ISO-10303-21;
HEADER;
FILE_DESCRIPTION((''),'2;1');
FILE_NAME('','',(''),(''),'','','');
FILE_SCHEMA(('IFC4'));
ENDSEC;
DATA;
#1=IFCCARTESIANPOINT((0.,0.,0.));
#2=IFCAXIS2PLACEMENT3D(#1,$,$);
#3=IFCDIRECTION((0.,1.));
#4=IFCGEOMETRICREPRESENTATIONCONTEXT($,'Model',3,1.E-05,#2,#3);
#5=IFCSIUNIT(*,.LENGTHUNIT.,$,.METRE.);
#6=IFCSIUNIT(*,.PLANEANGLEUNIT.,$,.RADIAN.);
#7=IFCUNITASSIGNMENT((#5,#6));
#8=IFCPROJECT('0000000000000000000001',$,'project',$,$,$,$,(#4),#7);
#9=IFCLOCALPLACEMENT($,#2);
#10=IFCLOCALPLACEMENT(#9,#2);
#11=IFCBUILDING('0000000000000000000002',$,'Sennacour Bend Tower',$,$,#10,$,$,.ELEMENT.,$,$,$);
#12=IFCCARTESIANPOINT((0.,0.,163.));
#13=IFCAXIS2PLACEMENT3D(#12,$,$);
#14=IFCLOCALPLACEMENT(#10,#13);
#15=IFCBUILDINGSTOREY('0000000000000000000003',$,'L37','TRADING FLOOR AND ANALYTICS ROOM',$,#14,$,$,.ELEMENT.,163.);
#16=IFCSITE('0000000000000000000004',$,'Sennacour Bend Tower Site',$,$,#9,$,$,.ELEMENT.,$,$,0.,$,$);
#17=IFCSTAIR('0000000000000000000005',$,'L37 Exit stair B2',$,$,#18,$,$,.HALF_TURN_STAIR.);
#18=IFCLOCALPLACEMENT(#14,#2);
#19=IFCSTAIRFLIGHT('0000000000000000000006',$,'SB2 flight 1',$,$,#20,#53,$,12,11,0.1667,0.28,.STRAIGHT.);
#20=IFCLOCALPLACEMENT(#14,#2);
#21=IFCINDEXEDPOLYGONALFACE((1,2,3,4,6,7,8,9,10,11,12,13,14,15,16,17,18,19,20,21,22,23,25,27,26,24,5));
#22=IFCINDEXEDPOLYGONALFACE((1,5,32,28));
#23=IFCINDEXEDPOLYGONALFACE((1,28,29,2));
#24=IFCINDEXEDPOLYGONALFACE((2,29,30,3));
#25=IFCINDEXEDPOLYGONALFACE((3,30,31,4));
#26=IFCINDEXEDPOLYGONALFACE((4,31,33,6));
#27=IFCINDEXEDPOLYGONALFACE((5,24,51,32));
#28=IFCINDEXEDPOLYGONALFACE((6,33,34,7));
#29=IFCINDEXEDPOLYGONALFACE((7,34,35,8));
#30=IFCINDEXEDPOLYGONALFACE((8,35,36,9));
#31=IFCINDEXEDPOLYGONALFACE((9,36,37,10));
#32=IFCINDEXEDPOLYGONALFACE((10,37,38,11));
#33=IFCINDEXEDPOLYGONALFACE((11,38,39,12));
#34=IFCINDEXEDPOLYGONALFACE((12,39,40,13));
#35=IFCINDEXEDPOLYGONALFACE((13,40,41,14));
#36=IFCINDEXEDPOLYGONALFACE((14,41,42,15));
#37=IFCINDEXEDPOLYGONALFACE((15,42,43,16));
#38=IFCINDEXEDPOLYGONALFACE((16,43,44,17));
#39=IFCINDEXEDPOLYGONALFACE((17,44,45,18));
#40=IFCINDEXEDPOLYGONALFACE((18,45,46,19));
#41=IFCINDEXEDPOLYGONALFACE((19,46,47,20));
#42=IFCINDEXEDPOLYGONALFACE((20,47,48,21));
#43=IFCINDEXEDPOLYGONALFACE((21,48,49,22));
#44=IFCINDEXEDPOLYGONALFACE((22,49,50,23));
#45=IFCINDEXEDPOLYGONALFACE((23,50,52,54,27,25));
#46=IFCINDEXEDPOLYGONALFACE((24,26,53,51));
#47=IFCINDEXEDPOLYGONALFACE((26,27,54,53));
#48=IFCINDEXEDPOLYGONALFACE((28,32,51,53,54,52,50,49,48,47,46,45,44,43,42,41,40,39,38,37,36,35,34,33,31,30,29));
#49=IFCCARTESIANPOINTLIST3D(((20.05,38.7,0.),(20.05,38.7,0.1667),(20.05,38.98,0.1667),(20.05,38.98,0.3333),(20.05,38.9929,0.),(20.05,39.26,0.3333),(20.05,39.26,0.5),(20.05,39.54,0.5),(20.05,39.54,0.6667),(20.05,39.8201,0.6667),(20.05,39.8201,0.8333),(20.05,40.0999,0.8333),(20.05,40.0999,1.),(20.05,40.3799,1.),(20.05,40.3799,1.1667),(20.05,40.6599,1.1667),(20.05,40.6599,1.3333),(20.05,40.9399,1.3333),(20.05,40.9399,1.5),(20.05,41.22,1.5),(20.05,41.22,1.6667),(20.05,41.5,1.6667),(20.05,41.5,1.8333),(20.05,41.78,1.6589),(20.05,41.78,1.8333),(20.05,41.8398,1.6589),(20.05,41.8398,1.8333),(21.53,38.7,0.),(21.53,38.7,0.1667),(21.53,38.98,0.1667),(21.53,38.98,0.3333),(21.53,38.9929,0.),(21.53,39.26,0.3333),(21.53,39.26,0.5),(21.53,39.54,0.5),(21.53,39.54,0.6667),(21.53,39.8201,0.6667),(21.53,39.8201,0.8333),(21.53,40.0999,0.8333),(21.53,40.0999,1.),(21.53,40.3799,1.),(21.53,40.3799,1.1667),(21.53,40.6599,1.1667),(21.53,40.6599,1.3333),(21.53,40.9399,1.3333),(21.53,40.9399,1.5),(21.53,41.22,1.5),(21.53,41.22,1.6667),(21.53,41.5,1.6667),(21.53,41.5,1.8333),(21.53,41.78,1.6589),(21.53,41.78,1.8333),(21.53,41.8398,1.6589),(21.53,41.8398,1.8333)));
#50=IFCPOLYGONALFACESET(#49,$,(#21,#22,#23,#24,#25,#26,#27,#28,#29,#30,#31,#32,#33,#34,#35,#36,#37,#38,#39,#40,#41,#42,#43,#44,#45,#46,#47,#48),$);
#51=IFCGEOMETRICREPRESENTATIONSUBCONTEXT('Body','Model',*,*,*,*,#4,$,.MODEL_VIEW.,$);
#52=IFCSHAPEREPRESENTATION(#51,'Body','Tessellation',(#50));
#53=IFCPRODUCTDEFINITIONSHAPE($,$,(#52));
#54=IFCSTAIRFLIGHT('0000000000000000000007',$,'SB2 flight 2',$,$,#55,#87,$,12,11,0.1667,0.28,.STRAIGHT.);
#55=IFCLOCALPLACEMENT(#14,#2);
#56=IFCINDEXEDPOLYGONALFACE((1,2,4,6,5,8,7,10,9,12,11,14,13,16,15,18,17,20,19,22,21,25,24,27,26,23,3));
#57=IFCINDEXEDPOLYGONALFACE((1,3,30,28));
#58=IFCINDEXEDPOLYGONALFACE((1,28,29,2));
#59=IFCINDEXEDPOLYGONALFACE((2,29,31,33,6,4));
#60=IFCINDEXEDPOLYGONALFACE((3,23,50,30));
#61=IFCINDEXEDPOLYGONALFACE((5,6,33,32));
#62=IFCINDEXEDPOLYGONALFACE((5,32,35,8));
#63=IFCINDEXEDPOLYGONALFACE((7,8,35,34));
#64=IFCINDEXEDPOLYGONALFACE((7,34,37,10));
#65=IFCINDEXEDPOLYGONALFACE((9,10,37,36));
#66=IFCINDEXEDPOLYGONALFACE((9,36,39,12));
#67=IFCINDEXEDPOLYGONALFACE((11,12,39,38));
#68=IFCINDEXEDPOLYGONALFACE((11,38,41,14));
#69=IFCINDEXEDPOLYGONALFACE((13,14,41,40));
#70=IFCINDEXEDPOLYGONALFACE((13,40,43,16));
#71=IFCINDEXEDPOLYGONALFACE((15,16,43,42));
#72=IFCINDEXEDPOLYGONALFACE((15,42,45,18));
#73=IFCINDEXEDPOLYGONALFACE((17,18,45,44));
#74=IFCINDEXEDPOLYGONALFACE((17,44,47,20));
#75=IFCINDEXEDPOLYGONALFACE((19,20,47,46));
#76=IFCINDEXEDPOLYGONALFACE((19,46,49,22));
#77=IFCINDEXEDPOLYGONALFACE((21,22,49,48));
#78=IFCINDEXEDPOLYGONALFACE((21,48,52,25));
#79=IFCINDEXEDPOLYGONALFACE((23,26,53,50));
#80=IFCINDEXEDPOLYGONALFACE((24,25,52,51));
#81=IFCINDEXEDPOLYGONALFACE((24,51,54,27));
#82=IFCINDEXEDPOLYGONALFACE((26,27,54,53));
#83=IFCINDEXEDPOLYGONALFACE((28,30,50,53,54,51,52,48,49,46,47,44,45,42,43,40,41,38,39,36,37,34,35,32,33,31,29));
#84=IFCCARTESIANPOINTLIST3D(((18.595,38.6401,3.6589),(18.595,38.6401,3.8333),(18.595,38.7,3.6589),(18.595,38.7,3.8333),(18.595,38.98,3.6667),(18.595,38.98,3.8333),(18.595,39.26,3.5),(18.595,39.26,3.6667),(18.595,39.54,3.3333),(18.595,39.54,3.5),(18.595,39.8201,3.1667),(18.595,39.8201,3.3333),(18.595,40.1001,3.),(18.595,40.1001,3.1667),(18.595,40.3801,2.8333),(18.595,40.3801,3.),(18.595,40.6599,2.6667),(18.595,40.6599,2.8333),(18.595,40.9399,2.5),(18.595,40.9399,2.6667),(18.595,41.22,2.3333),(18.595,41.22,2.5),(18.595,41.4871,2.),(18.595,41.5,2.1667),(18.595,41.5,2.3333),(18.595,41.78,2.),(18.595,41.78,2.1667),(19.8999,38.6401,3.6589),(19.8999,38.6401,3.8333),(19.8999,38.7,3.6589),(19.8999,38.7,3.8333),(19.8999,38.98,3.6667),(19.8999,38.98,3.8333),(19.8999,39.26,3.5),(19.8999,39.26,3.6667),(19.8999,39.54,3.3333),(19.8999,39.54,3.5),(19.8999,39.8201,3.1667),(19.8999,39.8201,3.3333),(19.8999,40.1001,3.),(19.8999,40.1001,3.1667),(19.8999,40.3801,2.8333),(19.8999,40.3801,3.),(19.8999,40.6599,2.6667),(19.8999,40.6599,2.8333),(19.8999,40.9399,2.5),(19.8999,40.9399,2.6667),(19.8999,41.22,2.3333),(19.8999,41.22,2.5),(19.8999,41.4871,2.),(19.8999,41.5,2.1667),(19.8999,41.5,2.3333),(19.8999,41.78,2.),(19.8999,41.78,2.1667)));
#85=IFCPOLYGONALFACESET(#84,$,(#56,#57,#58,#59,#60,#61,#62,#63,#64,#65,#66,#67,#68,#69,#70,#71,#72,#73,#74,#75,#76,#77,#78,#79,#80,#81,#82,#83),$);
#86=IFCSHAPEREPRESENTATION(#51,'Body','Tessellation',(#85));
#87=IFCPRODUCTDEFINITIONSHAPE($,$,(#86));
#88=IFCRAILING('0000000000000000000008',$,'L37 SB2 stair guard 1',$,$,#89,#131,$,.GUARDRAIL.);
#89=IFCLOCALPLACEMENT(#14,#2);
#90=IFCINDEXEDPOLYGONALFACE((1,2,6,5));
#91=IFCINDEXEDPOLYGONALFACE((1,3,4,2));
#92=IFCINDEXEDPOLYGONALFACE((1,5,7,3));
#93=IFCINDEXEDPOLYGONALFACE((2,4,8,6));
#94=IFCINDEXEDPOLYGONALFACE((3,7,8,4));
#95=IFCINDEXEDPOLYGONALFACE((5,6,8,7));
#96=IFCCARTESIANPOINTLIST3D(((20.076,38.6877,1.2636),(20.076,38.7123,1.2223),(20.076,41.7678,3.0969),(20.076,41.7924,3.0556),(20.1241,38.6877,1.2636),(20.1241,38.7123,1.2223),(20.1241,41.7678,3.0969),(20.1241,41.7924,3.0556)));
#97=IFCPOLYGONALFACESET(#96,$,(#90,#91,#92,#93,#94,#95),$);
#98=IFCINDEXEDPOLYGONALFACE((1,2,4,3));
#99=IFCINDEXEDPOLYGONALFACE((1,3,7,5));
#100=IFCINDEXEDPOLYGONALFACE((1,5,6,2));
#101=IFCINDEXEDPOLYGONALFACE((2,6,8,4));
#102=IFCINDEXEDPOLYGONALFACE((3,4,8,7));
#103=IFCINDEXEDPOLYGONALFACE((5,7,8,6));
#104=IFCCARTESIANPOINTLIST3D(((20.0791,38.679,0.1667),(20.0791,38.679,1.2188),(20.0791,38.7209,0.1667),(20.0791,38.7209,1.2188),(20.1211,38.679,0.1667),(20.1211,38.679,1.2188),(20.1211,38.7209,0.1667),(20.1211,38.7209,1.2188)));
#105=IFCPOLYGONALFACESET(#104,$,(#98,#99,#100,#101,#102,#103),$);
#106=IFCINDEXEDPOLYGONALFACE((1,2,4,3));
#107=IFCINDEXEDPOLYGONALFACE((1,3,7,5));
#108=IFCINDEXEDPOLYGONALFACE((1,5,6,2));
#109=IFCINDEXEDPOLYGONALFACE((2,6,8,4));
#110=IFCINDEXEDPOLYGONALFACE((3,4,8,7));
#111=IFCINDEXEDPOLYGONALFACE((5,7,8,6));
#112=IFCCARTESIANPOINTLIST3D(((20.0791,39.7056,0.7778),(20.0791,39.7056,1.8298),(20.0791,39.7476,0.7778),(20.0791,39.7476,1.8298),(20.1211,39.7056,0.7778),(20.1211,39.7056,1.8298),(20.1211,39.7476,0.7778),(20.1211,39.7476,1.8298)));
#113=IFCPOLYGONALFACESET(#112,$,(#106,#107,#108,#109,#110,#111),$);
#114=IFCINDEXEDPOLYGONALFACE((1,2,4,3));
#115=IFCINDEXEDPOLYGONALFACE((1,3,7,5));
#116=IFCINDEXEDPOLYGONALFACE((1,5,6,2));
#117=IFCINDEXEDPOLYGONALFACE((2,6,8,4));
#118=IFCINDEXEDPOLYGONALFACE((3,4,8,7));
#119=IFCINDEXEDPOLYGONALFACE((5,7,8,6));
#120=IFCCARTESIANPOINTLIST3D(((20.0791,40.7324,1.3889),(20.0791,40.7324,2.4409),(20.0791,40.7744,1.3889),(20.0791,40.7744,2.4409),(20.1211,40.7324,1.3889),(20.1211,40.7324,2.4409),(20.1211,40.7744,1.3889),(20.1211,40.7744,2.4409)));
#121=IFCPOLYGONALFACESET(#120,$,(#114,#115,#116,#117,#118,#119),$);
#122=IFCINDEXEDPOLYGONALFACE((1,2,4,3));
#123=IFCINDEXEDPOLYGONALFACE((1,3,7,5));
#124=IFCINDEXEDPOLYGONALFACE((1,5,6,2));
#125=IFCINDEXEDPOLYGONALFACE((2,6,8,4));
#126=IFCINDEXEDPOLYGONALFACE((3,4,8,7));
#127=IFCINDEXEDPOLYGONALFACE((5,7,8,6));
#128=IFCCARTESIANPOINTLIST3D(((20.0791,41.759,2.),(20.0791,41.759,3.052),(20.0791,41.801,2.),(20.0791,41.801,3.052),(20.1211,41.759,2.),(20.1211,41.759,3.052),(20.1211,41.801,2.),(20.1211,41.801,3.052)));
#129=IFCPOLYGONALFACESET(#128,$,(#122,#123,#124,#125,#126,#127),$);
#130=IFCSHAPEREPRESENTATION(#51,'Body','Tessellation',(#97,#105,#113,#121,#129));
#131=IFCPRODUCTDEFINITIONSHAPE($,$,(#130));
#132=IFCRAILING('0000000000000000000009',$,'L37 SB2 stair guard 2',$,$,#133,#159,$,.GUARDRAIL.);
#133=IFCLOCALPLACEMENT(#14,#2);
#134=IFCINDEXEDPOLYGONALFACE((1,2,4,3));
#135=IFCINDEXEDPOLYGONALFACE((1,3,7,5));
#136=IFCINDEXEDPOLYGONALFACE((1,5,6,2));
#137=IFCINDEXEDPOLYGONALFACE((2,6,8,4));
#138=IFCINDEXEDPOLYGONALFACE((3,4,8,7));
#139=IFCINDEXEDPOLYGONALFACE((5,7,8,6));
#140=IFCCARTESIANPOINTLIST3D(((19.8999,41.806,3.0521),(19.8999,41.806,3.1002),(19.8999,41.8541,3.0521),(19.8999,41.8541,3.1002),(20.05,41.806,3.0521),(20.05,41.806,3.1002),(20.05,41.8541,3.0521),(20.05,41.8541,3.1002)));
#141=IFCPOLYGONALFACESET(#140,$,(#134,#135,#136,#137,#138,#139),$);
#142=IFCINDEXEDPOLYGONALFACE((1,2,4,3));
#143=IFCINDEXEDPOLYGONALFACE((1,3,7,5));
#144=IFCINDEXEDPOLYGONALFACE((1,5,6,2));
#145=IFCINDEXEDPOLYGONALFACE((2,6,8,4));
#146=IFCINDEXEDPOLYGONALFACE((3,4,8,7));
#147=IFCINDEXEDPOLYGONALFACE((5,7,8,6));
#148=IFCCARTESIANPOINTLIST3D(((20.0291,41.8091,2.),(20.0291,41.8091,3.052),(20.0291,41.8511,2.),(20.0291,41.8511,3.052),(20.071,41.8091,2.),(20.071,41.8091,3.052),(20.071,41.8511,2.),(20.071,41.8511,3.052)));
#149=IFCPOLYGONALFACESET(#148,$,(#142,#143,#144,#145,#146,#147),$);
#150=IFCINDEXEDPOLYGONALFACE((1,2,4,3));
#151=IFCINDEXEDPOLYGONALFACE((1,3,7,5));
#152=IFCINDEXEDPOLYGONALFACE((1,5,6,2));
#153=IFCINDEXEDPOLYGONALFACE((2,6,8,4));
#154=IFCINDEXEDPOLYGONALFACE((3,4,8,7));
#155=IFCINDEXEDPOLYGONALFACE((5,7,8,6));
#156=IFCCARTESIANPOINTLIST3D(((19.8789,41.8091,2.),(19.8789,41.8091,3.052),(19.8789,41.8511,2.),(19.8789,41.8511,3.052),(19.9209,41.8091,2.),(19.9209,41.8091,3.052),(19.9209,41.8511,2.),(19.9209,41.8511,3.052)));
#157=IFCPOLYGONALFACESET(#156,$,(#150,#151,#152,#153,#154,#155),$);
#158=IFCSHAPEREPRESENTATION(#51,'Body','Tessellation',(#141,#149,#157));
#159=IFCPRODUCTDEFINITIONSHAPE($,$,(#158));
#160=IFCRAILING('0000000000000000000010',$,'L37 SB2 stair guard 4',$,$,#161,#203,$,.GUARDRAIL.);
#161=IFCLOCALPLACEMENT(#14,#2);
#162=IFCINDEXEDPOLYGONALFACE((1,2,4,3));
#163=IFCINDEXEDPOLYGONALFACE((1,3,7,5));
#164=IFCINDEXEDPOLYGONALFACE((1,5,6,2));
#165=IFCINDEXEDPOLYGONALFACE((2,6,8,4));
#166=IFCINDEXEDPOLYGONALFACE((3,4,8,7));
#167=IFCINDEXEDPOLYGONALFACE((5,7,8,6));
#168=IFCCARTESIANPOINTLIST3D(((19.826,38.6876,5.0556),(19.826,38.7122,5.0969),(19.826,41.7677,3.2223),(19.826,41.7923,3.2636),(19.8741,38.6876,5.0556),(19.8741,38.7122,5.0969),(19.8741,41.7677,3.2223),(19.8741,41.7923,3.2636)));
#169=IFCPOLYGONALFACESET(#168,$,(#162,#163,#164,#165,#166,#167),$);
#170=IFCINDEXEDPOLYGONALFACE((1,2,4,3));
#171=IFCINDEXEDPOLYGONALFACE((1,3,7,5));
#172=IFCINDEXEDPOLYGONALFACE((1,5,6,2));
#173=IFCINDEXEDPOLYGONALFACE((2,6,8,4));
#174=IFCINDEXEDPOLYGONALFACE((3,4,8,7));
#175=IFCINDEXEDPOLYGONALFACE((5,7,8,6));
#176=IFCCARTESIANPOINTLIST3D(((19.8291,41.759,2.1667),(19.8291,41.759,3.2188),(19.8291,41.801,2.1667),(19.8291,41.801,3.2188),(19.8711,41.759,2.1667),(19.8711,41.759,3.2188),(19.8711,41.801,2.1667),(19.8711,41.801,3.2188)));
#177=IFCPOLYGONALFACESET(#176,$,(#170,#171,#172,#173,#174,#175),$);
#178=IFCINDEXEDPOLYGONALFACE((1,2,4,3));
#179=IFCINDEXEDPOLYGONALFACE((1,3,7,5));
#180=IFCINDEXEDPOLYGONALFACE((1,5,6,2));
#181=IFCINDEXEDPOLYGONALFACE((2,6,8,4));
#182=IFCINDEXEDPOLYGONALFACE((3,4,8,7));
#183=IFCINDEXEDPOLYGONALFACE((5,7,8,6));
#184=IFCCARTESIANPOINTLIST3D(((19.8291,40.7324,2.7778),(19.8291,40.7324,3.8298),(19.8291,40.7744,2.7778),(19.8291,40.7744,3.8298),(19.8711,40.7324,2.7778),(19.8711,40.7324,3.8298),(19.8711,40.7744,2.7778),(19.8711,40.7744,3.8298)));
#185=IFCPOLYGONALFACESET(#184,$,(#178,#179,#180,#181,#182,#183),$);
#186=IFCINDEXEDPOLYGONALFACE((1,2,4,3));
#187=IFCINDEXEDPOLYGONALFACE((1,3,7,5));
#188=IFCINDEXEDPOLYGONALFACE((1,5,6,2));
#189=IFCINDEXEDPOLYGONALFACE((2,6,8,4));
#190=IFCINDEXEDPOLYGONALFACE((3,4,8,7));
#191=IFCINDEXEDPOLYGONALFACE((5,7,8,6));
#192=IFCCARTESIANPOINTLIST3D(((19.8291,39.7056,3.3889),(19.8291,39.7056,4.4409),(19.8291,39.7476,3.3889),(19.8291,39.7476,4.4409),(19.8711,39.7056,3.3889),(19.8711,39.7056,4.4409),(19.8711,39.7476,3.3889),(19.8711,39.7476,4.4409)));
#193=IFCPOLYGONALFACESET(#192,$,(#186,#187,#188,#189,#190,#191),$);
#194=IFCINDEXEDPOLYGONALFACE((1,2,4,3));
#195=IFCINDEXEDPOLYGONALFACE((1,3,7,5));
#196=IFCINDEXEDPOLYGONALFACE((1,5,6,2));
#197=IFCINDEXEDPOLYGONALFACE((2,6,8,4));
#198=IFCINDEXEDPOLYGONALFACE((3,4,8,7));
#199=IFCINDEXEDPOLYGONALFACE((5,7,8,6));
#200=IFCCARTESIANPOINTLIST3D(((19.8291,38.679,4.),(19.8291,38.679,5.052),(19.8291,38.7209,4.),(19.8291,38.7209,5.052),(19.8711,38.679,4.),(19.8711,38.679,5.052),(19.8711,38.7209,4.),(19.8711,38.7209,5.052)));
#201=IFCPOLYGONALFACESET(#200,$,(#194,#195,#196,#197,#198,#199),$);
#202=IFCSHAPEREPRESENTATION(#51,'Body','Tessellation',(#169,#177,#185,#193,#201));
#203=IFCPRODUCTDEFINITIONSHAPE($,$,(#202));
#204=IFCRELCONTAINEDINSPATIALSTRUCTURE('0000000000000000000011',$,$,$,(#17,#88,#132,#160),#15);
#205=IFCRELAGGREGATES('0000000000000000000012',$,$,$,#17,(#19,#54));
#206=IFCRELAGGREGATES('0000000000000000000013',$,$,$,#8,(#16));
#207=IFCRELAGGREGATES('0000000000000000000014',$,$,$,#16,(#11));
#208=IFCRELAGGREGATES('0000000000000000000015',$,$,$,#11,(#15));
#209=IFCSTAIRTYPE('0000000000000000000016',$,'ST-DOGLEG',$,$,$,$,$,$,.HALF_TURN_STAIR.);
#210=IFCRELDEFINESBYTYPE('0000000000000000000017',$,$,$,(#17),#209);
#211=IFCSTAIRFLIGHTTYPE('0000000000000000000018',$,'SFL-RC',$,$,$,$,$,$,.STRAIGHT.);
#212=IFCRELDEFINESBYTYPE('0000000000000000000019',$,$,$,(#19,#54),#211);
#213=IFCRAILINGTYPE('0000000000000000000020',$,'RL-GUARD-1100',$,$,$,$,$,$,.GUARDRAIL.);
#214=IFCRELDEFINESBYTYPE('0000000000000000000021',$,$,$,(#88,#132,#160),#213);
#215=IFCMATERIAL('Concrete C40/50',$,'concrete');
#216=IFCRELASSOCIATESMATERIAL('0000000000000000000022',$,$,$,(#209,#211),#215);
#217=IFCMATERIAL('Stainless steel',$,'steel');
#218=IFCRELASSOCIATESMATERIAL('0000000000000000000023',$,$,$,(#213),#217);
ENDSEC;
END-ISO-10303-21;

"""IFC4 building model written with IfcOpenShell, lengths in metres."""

from ifc_helpers import new_model, si_unit, direction, frame, origin, origin_2d, place, context, subcontext, project, spatial, polyline, rectangle, outline, extrude, material, type_object, element, aggregate, save


model = new_model("IFC4")

# Units and contexts
model_context = context("Model", 3, precision=1e-05, world=origin(), true_north=direction((0.0, 1.0)))
body_context = subcontext(model_context, "Body", "Model", "MODEL_VIEW")
ifc_project = project(units=[si_unit("LENGTHUNIT", "METRE"), si_unit("PLANEANGLEUNIT", "RADIAN")], contexts=[model_context])

# Site, building, storey
site_placement = place(None, origin())
site = spatial("IfcSite", under=ifc_project, at=site_placement, Name="Sennacour Bend Tower Site", CompositionType="ELEMENT", RefElevation=0.0)
building_placement = place(site_placement, origin())
building = spatial("IfcBuilding", under=site, at=building_placement, Name="Sennacour Bend Tower", CompositionType="ELEMENT")
storey_placement = place(building_placement, frame((0.0, 0.0, 163.0)))
storey = spatial("IfcBuildingStorey", under=building, at=storey_placement, Name="L37", Description="TRADING FLOOR AND ANALYTICS ROOM", CompositionType="ELEMENT", Elevation=163.0)

# Shared definitions
ifc_material_1 = material(Name="Stainless steel", Category="steel")

# Stair, stair flights
ifc_material_2 = material(Name="Concrete C40/50", Category="concrete")
stair_type = type_object("IfcStairType", Name="ST-DOGLEG", PredefinedType="HALF_TURN_STAIR", material=ifc_material_2)
stair_placement = place(storey_placement, origin())
stair = element("IfcStair", 1, at=stair_placement, inside=storey, type_object=stair_type, Name="L37 Exit stair B2", PredefinedType="HALF_TURN_STAIR")
stair_flight_type = type_object("IfcStairFlightType", Name="SFL-RC", PredefinedType="STRAIGHT", material=ifc_material_2)
stair_flight_1_placement = place(storey_placement, frame((20.79, 38.7, 0.0), z_axis=(0.0, 0.0, 1.0), x_axis=(0.0, 1.0, 0.0)))
stair_flight_1 = element("IfcStairFlight", 2, at=stair_flight_1_placement, type_object=stair_flight_type, Name="SB2 flight 1", NumberOfRisers=12, NumberOfTreads=11, PredefinedType="STRAIGHT", RiserHeight=0.1667, TreadLength=0.28, context=body_context, shape_type="SweptSolid", body=[
    extrude(outline(polyline([(0.0, 0.0), (0.0, 0.1667), (0.28, 0.1667), (0.28, 0.3333), (0.5601, 0.3333), (0.5601, 0.5), (0.8401, 0.5), (0.8401, 0.6667), (1.1201, 0.6667), (1.1201, 0.8333), (1.3999, 0.8333), (1.3999, 1.0), (1.6799, 1.0), (1.6799, 1.1667), (1.96, 1.1667), (1.96, 1.3333), (2.24, 1.3333), (2.24, 1.5), (2.52, 1.5), (2.52, 1.6667), (2.8, 1.6667), (2.8, 1.8333), (3.0801, 1.8333), (3.1399, 1.8333), (3.1399, 1.6589), (3.0801, 1.6589), (0.293, 0.0), (0.0, 0.0)])), frame((0.0, 0.74, 0.0), z_axis=(0.0, -1.0, 0.0), x_axis=(1.0, 0.0, 0.0)), (0.0, 0.0, 1.0), 1.48),
])
stair_flight_2_placement = place(storey_placement, frame((19.2476, 41.78, 2.0), z_axis=(0.0, 0.0, 1.0), x_axis=(0.0, -1.0, 0.0)))
stair_flight_2 = element("IfcStairFlight", 3, at=stair_flight_2_placement, type_object=stair_flight_type, Name="SB2 flight 2", NumberOfRisers=12, NumberOfTreads=11, PredefinedType="STRAIGHT", RiserHeight=0.1667, TreadLength=0.28, context=body_context, shape_type="SweptSolid", body=[
    extrude(outline(polyline([(0.0, 0.0), (0.0, 0.1667), (0.28, 0.1667), (0.28, 0.3333), (0.5601, 0.3333), (0.5601, 0.5), (0.8401, 0.5), (0.8401, 0.6667), (1.1201, 0.6667), (1.1201, 0.8333), (1.3999, 0.8333), (1.3999, 1.0), (1.6799, 1.0), (1.6799, 1.1667), (1.96, 1.1667), (1.96, 1.3333), (2.24, 1.3333), (2.24, 1.5), (2.52, 1.5), (2.52, 1.6667), (2.8, 1.6667), (2.8, 1.8333), (3.0801, 1.8333), (3.1399, 1.8333), (3.1399, 1.6589), (3.0801, 1.6589), (0.293, 0.0), (0.0, 0.0)])), frame((0.0, 0.6523, 0.0), z_axis=(0.0, -1.0, 0.0), x_axis=(1.0, 0.0, 0.0)), (0.0, 0.0, 1.0), 1.3049),
])
aggregate(stair, [stair_flight_1, stair_flight_2])

# Railings
railing_type_1 = type_object("IfcRailingType", Name="RL-GUARD-1100", PredefinedType="GUARDRAIL", material=ifc_material_1)
railing_1_placement = place(storey_placement, frame((20.1001, 38.7, 0.1667)))
element("IfcRailing", 4, at=railing_1_placement, inside=storey, type_object=railing_type_1, Name="L37 SB2 stair guard 1", PredefinedType="GUARDRAIL", context=body_context, shape_type="SweptSolid", body=[
    extrude(rectangle(XDim=0.0481, YDim=0.0481, at=origin_2d()), frame((0.0, 0.0, 1.0762), z_axis=(0.0, 0.859309, 0.511458), x_axis=(-1.0, 0.0, 0.0)), (0.0, 0.0, 1.0), 3.5845),
    extrude(rectangle(XDim=0.042, YDim=0.042, at=origin_2d()), origin(), (0.0, 0.0, 1.0), 1.052),
    extrude(rectangle(XDim=0.042, YDim=0.042, at=origin_2d()), frame((0.0, 1.0266, 0.6111)), (0.0, 0.0, 1.0), 1.052),
    extrude(rectangle(XDim=0.042, YDim=0.042, at=origin_2d()), frame((0.0, 2.0535, 1.2222)), (0.0, 0.0, 1.0), 1.052),
    extrude(rectangle(XDim=0.042, YDim=0.042, at=origin_2d()), frame((0.0, 3.0801, 1.8333)), (0.0, 0.0, 1.0), 1.052),
])
railing_2_placement = place(storey_placement, frame((20.05, 41.8301, 2.0)))
element("IfcRailing", 5, at=railing_2_placement, inside=storey, type_object=railing_type_1, Name="L37 SB2 stair guard 2", PredefinedType="GUARDRAIL", context=body_context, shape_type="SweptSolid", body=[
    extrude(rectangle(XDim=0.0481, YDim=0.0481, at=origin_2d()), frame((0.0, 0.0, 1.0762), z_axis=(-1.0, 0.0, 0.0), x_axis=(0.0, -1.0, 0.0)), (0.0, 0.0, 1.0), 0.1501),
    extrude(rectangle(XDim=0.042, YDim=0.042, at=origin_2d()), origin(), (0.0, 0.0, 1.0), 1.052),
    extrude(rectangle(XDim=0.042, YDim=0.042, at=origin_2d()), frame((-0.1501, 0.0, 0.0)), (0.0, 0.0, 1.0), 1.052),
])
railing_3_placement = place(storey_placement, frame((19.8501, 41.78, 2.1667)))
element("IfcRailing", 6, at=railing_3_placement, inside=storey, type_object=railing_type_1, Name="L37 SB2 stair guard 4", PredefinedType="GUARDRAIL", context=body_context, shape_type="SweptSolid", body=[
    extrude(rectangle(XDim=0.0481, YDim=0.0481, at=origin_2d()), frame((0.0, 0.0, 1.0762), z_axis=(0.0, -0.859309, 0.511458), x_axis=(1.0, 0.0, 0.0)), (0.0, 0.0, 1.0), 3.5845),
    extrude(rectangle(XDim=0.042, YDim=0.042, at=origin_2d()), origin(), (0.0, 0.0, 1.0), 1.052),
    extrude(rectangle(XDim=0.042, YDim=0.042, at=origin_2d()), frame((0.0, -1.0266, 0.6111)), (0.0, 0.0, 1.0), 1.052),
    extrude(rectangle(XDim=0.042, YDim=0.042, at=origin_2d()), frame((0.0, -2.0535, 1.2222)), (0.0, 0.0, 1.0), 1.052),
    extrude(rectangle(XDim=0.042, YDim=0.042, at=origin_2d()), frame((0.0, -3.0801, 1.8333)), (0.0, 0.0, 1.0), 1.052),
])

save(model, "model.ifc")
